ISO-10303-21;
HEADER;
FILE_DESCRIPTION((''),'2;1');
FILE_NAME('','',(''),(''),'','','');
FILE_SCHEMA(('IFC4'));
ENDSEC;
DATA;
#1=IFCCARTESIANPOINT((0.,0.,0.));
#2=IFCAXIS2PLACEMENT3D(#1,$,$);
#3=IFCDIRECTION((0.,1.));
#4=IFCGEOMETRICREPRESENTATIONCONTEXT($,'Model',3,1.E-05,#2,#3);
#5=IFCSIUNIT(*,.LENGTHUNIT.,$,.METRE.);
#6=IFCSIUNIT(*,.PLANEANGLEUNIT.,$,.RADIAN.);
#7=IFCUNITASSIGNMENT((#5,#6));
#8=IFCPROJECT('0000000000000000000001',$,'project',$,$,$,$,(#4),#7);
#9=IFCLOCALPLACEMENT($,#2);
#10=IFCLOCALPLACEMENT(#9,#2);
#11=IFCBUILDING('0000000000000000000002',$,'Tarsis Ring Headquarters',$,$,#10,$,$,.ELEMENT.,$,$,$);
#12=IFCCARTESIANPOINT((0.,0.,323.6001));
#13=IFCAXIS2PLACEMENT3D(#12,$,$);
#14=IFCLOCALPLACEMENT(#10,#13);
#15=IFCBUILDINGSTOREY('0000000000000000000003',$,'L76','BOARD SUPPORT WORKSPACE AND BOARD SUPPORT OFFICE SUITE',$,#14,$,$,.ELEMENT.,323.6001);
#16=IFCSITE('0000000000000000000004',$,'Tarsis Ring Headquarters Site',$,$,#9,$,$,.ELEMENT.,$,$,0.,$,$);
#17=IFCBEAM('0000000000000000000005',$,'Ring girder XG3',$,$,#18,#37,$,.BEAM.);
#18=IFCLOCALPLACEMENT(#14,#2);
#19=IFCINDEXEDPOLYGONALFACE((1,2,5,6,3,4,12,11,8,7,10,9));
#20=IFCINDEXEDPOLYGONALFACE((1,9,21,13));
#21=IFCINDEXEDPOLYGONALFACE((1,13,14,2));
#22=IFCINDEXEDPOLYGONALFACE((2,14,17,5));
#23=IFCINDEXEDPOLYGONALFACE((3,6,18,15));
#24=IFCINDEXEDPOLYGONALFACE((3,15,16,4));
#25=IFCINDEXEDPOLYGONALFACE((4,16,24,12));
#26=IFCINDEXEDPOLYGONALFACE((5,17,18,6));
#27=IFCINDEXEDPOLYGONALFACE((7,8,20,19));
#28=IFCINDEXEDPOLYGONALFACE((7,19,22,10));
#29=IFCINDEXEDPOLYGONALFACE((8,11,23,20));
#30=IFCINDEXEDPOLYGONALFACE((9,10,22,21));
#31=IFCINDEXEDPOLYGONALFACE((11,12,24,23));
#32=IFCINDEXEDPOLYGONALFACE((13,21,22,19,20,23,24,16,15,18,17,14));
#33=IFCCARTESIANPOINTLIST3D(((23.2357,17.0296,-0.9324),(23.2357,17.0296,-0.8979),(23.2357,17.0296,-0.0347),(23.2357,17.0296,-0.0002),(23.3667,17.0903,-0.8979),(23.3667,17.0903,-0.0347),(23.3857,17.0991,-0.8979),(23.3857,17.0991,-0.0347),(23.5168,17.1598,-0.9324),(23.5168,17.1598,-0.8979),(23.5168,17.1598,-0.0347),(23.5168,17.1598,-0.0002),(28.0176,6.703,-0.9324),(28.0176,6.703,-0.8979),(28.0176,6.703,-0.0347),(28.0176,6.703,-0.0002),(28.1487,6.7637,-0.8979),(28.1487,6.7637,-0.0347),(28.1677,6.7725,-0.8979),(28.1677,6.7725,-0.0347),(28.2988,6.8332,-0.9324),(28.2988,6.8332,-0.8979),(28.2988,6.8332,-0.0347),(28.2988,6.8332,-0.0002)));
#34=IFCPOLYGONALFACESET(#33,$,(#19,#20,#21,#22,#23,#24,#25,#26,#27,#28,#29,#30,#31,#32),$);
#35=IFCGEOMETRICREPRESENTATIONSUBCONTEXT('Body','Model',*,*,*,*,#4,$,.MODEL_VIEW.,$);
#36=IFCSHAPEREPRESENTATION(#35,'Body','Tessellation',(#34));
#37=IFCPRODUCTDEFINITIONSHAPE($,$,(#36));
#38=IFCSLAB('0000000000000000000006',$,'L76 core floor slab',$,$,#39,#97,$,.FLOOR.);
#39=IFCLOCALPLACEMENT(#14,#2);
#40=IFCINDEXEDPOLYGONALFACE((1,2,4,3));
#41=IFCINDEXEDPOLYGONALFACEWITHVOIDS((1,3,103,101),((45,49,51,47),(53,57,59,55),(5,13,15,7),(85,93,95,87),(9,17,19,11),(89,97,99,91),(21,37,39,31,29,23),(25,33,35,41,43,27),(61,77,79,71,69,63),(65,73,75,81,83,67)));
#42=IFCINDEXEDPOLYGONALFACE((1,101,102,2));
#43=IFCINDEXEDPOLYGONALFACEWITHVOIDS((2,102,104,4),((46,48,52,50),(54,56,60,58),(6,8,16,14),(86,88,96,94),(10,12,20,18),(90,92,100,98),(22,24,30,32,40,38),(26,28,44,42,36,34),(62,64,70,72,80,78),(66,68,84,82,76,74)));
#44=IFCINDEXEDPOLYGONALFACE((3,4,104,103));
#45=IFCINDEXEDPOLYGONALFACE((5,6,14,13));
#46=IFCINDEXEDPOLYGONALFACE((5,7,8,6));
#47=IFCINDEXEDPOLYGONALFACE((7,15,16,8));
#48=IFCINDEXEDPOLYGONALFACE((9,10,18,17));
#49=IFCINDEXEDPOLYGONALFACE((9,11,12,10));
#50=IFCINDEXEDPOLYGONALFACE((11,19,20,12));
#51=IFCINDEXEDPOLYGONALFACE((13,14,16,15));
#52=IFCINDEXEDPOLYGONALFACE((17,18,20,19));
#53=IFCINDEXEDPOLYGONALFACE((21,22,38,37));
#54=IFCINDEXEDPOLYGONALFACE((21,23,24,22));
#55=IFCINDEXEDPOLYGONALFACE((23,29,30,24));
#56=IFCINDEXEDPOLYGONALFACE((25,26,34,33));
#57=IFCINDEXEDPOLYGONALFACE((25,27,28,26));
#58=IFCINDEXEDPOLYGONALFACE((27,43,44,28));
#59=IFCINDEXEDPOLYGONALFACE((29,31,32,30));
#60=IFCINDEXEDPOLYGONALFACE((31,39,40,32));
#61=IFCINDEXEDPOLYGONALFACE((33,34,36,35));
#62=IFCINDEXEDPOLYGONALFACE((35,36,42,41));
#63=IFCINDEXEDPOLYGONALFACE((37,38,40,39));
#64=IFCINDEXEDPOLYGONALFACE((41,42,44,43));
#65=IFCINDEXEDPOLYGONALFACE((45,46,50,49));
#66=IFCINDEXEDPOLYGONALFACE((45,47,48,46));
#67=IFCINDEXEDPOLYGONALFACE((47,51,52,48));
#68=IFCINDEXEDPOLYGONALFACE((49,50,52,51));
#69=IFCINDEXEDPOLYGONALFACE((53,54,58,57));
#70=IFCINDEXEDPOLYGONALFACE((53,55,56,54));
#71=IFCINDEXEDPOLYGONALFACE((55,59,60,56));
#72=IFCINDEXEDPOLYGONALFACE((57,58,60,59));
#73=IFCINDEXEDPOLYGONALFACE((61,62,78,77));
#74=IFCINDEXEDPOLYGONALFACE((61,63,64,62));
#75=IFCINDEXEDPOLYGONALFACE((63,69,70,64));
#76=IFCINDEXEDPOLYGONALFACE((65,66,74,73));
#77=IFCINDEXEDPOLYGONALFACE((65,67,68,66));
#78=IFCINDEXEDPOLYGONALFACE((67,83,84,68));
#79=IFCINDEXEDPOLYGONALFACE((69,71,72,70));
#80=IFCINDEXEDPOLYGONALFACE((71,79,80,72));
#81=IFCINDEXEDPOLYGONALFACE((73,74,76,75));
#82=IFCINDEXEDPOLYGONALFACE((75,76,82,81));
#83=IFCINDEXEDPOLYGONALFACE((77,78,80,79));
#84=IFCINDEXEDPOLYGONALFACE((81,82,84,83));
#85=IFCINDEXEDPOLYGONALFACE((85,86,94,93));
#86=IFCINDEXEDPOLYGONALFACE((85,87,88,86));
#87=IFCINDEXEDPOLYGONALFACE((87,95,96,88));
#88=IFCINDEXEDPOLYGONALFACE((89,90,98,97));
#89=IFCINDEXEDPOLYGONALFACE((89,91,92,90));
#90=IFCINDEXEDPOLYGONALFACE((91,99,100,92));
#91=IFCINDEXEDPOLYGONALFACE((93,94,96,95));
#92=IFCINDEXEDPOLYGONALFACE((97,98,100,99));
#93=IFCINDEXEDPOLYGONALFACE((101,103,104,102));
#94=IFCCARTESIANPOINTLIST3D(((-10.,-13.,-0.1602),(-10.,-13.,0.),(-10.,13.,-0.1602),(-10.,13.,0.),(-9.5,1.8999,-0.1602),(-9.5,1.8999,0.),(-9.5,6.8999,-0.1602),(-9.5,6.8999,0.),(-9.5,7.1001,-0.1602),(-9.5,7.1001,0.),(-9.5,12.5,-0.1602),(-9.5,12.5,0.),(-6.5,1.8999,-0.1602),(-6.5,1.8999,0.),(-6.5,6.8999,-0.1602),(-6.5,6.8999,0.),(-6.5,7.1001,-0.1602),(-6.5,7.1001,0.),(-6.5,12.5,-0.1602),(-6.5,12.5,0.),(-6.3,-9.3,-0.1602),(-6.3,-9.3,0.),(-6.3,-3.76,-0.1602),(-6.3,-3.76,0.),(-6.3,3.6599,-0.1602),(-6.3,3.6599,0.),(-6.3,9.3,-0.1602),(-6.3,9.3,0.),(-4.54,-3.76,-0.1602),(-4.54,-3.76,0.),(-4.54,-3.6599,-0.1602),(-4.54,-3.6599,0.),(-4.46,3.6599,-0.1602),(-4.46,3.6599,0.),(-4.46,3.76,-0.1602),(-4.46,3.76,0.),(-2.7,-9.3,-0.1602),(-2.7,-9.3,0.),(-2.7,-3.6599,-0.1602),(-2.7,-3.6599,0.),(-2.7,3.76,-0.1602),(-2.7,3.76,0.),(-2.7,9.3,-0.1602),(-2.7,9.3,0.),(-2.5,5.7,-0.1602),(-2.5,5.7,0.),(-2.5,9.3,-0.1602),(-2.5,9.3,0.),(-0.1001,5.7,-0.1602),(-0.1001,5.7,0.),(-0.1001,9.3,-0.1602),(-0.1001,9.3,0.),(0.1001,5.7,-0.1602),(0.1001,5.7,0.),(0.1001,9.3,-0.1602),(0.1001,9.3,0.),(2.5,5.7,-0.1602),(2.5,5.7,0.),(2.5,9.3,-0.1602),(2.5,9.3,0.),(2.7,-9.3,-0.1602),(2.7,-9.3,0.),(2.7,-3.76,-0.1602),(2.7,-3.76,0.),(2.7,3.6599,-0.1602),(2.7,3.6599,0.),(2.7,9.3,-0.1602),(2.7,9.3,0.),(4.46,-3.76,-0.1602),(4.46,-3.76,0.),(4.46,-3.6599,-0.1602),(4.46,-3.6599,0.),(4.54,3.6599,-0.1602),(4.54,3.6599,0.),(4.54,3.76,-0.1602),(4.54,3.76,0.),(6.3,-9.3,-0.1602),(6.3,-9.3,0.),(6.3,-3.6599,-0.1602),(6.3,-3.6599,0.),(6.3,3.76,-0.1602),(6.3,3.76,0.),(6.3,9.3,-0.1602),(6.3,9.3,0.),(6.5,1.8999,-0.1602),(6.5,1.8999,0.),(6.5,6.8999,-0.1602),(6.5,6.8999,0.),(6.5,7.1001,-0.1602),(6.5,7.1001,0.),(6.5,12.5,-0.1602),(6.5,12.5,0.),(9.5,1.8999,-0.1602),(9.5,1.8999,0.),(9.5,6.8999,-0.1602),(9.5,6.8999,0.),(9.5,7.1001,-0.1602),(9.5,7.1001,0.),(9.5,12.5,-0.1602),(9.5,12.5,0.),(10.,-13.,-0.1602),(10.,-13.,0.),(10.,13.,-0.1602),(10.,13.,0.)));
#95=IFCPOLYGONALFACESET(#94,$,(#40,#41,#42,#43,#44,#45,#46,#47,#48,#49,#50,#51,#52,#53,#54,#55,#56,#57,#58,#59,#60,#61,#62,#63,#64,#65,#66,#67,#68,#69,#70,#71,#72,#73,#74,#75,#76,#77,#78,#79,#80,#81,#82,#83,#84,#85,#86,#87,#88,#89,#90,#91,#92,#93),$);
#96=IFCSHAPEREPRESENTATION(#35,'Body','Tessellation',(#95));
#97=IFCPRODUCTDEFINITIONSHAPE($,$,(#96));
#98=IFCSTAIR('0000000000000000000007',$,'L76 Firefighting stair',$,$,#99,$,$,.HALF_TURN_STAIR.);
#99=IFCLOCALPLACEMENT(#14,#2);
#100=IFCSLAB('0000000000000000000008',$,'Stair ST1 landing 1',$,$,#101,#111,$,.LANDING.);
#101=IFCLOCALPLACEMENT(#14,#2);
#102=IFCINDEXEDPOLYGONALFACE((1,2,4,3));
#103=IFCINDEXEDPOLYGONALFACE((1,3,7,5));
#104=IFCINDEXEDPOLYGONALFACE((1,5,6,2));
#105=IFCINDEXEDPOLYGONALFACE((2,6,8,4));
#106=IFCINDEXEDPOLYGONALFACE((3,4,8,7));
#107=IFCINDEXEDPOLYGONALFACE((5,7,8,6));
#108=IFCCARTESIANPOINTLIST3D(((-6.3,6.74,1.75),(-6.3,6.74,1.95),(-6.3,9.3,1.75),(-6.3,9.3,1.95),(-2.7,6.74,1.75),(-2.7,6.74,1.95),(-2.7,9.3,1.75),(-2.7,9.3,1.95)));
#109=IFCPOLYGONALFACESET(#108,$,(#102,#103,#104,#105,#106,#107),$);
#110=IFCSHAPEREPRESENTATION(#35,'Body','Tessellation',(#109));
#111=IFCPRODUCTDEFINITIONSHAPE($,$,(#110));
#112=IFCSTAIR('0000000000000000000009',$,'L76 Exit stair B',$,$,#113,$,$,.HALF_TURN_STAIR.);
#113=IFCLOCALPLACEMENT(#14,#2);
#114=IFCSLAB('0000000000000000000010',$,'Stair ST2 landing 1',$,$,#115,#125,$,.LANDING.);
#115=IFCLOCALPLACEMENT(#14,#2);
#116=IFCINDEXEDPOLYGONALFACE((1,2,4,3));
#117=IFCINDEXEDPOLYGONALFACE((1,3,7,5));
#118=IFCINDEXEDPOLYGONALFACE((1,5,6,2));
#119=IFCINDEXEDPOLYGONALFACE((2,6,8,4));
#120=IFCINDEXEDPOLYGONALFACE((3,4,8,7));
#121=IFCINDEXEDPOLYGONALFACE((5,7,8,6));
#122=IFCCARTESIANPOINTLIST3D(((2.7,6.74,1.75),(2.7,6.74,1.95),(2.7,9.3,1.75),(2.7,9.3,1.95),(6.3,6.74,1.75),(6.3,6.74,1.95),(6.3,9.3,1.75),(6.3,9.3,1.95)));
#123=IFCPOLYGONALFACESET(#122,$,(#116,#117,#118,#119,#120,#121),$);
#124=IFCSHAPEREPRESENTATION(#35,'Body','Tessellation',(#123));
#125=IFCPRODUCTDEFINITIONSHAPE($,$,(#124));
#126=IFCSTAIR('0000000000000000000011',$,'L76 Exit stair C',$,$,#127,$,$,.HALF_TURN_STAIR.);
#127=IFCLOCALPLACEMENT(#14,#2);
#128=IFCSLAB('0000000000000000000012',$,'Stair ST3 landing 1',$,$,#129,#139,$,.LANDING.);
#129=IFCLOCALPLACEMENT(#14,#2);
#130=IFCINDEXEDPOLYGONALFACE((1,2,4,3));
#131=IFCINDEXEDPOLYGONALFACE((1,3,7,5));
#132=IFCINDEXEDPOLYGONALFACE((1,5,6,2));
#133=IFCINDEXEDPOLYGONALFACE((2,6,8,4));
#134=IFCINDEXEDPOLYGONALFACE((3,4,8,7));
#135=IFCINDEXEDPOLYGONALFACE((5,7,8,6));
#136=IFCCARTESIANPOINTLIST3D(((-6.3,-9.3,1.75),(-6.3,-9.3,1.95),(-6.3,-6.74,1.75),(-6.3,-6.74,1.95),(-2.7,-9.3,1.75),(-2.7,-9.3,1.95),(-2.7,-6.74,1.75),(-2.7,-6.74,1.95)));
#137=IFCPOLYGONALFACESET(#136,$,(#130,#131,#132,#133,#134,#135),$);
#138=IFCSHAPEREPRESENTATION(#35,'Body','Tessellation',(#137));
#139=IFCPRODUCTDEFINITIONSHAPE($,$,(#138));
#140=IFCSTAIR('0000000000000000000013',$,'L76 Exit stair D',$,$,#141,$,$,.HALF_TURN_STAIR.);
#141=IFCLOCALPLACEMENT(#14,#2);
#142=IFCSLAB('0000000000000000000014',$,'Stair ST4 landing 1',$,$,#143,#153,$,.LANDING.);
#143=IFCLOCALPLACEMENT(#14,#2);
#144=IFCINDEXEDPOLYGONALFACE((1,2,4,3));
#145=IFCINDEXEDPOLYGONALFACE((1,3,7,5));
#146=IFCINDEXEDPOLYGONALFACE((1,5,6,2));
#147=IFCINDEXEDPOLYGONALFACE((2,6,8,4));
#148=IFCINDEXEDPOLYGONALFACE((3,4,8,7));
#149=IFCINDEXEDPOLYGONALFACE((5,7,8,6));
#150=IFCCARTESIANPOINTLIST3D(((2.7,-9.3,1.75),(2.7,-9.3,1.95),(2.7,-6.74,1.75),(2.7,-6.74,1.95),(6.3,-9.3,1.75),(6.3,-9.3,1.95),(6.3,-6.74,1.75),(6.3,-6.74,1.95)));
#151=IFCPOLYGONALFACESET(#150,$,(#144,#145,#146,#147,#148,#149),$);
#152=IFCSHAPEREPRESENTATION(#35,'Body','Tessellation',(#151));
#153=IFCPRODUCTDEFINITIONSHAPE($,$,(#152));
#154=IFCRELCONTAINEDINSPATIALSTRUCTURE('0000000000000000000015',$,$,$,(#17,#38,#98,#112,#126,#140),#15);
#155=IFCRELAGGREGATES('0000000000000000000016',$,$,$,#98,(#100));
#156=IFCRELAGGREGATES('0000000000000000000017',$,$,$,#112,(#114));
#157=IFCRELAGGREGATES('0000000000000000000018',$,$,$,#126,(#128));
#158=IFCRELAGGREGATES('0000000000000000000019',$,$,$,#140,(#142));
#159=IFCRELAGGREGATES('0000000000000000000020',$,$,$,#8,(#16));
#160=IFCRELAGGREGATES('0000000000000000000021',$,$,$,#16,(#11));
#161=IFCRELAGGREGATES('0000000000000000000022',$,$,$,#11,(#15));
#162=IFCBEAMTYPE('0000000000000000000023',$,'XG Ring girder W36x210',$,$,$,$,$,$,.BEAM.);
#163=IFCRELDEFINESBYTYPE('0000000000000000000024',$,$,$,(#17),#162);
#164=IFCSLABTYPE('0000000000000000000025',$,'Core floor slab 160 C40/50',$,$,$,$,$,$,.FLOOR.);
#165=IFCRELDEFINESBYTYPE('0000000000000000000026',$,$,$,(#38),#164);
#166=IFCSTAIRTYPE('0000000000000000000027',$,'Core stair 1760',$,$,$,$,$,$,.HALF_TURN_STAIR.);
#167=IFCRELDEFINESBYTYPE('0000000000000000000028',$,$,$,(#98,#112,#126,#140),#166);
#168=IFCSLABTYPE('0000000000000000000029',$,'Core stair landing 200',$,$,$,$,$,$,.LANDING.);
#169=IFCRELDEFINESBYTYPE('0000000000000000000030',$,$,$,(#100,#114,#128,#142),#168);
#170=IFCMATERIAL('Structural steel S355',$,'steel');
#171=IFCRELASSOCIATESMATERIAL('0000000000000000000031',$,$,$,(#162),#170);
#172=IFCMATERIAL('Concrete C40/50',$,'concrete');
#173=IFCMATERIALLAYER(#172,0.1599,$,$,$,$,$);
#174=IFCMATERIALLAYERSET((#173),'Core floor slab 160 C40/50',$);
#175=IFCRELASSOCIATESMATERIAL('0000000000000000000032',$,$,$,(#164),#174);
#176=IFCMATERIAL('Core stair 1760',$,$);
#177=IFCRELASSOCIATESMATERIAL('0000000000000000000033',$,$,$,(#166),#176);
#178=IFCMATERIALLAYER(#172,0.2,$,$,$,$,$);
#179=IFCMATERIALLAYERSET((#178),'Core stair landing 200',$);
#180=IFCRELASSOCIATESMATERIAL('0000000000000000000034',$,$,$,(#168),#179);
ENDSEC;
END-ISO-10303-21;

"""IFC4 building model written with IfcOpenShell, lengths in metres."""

from ifc_helpers import new_model, si_unit, direction, frame, origin, origin_2d, place, context, subcontext, project, spatial, polyline, i_section, outline, extrude, material, layer, layer_set, material_profile, profile_set, type_object, element, aggregate, save


model = new_model("IFC4")

# Units and contexts
model_context = context("Model", 3, precision=1e-05, world=origin(), true_north=direction((0.0, 1.0)))
body_context = subcontext(model_context, "Body", "Model", "MODEL_VIEW")
ifc_project = project(units=[si_unit("LENGTHUNIT", "METRE"), si_unit("PLANEANGLEUNIT", "RADIAN")], contexts=[model_context])

# Site, building, storey
site_placement = place(None, origin())
site = spatial("IfcSite", under=ifc_project, at=site_placement, Name="Tarsis Ring Headquarters Site", CompositionType="ELEMENT", RefElevation=0.0)
building_placement = place(site_placement, origin())
building = spatial("IfcBuilding", under=site, at=building_placement, Name="Tarsis Ring Headquarters", CompositionType="ELEMENT")
storey_placement = place(building_placement, frame((0.0, 0.0, 323.6001)))
storey = spatial("IfcBuildingStorey", under=building, at=storey_placement, Name="L76", Description="BOARD SUPPORT WORKSPACE AND BOARD SUPPORT OFFICE SUITE", CompositionType="ELEMENT", Elevation=323.6001)

# Shared definitions
ifc_material_1 = material(Name="Structural steel S355", Category="steel")

# Shared definitions
ifc_material_2 = material(Name="Concrete C40/50", Category="concrete")

# Beam
ifc_material_profile_1 = material_profile(ifc_material_1, i_section(OverallWidth=0.3098, OverallDepth=0.9321, WebThickness=0.021, FlangeThickness=0.0344, at=origin_2d()), Name="W36x210")
ifc_profile_set_1 = profile_set([ifc_material_profile_1], Name="Structural steel S355")
beam_type_1 = type_object("IfcBeamType", Name="XG Ring girder W36x210", PredefinedType="BEAM", material=ifc_profile_set_1)
for number, where, z_axis, x_axis, name in (
    (1, (28.1582, 6.7681, -0.4663), (-0.420205, 0.907429, 0.0), (-0.907429, -0.420205, 0.0), "Ring girder XG3"),
):
    element("IfcBeam", number, at=place(storey_placement, frame(where, z_axis=z_axis, x_axis=x_axis)), inside=storey, type_object=beam_type_1, Name=name, PredefinedType="BEAM", context=body_context, shape_type="SweptSolid", body=[
        extrude(i_section(OverallWidth=0.3098, OverallDepth=0.9321, WebThickness=0.021, FlangeThickness=0.0344, at=origin_2d()), origin(), (0.0, 0.0, 1.0), 11.3801),
    ])

# Slab
ifc_layer_1 = layer(ifc_material_2, 0.1599)
ifc_layer_set_1 = layer_set([ifc_layer_1], Name="Core floor slab 160 C40/50")
slab_type_1 = type_object("IfcSlabType", Name="Core floor slab 160 C40/50", PredefinedType="FLOOR", material=ifc_layer_set_1)
slab_1_placement = place(storey_placement, frame((0.0, 0.0, -0.1602)))
element("IfcSlab", 2, at=slab_1_placement, inside=storey, type_object=slab_type_1, Name="L76 core floor slab", PredefinedType="FLOOR", context=body_context, shape_type="SweptSolid", body=[
    extrude(outline(polyline([(-10.0, -13.0), (10.0, -13.0), (10.0, 13.0), (-10.0, 13.0), (-10.0, -13.0)]), holes=[polyline([(-2.5, 5.7), (-0.1001, 5.7), (-0.1001, 9.3), (-2.5, 9.3), (-2.5, 5.7)]), polyline([(0.1001, 5.7), (2.5, 5.7), (2.5, 9.3), (0.1001, 9.3), (0.1001, 5.7)]), polyline([(-9.5, 1.8999), (-6.5, 1.8999), (-6.5, 6.8999), (-9.5, 6.8999), (-9.5, 1.8999)]), polyline([(-9.5, 7.1001), (-6.5, 7.1001), (-6.5, 12.5), (-9.5, 12.5), (-9.5, 7.1001)]), polyline([(6.5, 1.8999), (9.5, 1.8999), (9.5, 6.8999), (6.5, 6.8999), (6.5, 1.8999)]), polyline([(6.5, 7.1001), (9.5, 7.1001), (9.5, 12.5), (6.5, 12.5), (6.5, 7.1001)]), polyline([(-2.7, 3.76), (-2.7, 9.3), (-6.3, 9.3), (-6.3, 3.6599), (-4.46, 3.6599), (-4.46, 3.76), (-2.7, 3.76)]), polyline([(6.3, 3.76), (6.3, 9.3), (2.7, 9.3), (2.7, 3.6599), (4.54, 3.6599), (4.54, 3.76), (6.3, 3.76)]), polyline([(-6.3, -3.76), (-6.3, -9.3), (-2.7, -9.3), (-2.7, -3.6599), (-4.54, -3.6599), (-4.54, -3.76), (-6.3, -3.76)]), polyline([(2.7, -3.76), (2.7, -9.3), (6.3, -9.3), (6.3, -3.6599), (4.46, -3.6599), (4.46, -3.76), (2.7, -3.76)])]), origin(), (0.0, 0.0, 1.0), 0.1602),
])

# Stairs, slabs
ifc_material_3 = material(Name="Core stair 1760")
stair_type = type_object("IfcStairType", Name="Core stair 1760", PredefinedType="HALF_TURN_STAIR", material=ifc_material_3)
stair_1_placement = place(storey_placement, origin())
stair_1 = element("IfcStair", 3, at=stair_1_placement, inside=storey, type_object=stair_type, Name="L76 Firefighting stair", PredefinedType="HALF_TURN_STAIR")
ifc_layer_2 = layer(ifc_material_2, 0.2)
ifc_layer_set_2 = layer_set([ifc_layer_2], Name="Core stair landing 200")
slab_type_2 = type_object("IfcSlabType", Name="Core stair landing 200", PredefinedType="LANDING", material=ifc_layer_set_2)
slab_2_placement = place(storey_placement, frame((0.0, 0.0, 1.75)))
slab_2 = element("IfcSlab", 4, at=slab_2_placement, type_object=slab_type_2, Name="Stair ST1 landing 1", PredefinedType="LANDING", context=body_context, shape_type="SweptSolid", body=[
    extrude(outline(polyline([(-2.7, 6.74), (-2.7, 9.3), (-6.3, 9.3), (-6.3, 6.74), (-2.7, 6.74)])), origin(), (0.0, 0.0, 1.0), 0.2),
])
aggregate(stair_1, [slab_2])
stair_2_placement = place(storey_placement, origin())
stair_2 = element("IfcStair", 5, at=stair_2_placement, inside=storey, type_object=stair_type, Name="L76 Exit stair B", PredefinedType="HALF_TURN_STAIR")
slab_3_placement = place(storey_placement, frame((0.0, 0.0, 1.75)))
slab_3 = element("IfcSlab", 6, at=slab_3_placement, type_object=slab_type_2, Name="Stair ST2 landing 1", PredefinedType="LANDING", context=body_context, shape_type="SweptSolid", body=[
    extrude(outline(polyline([(6.3, 6.74), (6.3, 9.3), (2.7, 9.3), (2.7, 6.74), (6.3, 6.74)])), origin(), (0.0, 0.0, 1.0), 0.2),
])
aggregate(stair_2, [slab_3])
stair_3_placement = place(storey_placement, origin())
stair_3 = element("IfcStair", 7, at=stair_3_placement, inside=storey, type_object=stair_type, Name="L76 Exit stair C", PredefinedType="HALF_TURN_STAIR")
slab_4_placement = place(storey_placement, frame((0.0, 0.0, 1.75)))
slab_4 = element("IfcSlab", 8, at=slab_4_placement, type_object=slab_type_2, Name="Stair ST3 landing 1", PredefinedType="LANDING", context=body_context, shape_type="SweptSolid", body=[
    extrude(outline(polyline([(-6.3, -6.74), (-6.3, -9.3), (-2.7, -9.3), (-2.7, -6.74), (-6.3, -6.74)])), origin(), (0.0, 0.0, 1.0), 0.2),
])
aggregate(stair_3, [slab_4])
stair_4_placement = place(storey_placement, origin())
stair_4 = element("IfcStair", 9, at=stair_4_placement, inside=storey, type_object=stair_type, Name="L76 Exit stair D", PredefinedType="HALF_TURN_STAIR")
slab_5_placement = place(storey_placement, frame((0.0, 0.0, 1.75)))
slab_5 = element("IfcSlab", 10, at=slab_5_placement, type_object=slab_type_2, Name="Stair ST4 landing 1", PredefinedType="LANDING", context=body_context, shape_type="SweptSolid", body=[
    extrude(outline(polyline([(2.7, -6.74), (2.7, -9.3), (6.3, -9.3), (6.3, -6.74), (2.7, -6.74)])), origin(), (0.0, 0.0, 1.0), 0.2),
])
aggregate(stair_4, [slab_5])

save(model, "model.ifc")
